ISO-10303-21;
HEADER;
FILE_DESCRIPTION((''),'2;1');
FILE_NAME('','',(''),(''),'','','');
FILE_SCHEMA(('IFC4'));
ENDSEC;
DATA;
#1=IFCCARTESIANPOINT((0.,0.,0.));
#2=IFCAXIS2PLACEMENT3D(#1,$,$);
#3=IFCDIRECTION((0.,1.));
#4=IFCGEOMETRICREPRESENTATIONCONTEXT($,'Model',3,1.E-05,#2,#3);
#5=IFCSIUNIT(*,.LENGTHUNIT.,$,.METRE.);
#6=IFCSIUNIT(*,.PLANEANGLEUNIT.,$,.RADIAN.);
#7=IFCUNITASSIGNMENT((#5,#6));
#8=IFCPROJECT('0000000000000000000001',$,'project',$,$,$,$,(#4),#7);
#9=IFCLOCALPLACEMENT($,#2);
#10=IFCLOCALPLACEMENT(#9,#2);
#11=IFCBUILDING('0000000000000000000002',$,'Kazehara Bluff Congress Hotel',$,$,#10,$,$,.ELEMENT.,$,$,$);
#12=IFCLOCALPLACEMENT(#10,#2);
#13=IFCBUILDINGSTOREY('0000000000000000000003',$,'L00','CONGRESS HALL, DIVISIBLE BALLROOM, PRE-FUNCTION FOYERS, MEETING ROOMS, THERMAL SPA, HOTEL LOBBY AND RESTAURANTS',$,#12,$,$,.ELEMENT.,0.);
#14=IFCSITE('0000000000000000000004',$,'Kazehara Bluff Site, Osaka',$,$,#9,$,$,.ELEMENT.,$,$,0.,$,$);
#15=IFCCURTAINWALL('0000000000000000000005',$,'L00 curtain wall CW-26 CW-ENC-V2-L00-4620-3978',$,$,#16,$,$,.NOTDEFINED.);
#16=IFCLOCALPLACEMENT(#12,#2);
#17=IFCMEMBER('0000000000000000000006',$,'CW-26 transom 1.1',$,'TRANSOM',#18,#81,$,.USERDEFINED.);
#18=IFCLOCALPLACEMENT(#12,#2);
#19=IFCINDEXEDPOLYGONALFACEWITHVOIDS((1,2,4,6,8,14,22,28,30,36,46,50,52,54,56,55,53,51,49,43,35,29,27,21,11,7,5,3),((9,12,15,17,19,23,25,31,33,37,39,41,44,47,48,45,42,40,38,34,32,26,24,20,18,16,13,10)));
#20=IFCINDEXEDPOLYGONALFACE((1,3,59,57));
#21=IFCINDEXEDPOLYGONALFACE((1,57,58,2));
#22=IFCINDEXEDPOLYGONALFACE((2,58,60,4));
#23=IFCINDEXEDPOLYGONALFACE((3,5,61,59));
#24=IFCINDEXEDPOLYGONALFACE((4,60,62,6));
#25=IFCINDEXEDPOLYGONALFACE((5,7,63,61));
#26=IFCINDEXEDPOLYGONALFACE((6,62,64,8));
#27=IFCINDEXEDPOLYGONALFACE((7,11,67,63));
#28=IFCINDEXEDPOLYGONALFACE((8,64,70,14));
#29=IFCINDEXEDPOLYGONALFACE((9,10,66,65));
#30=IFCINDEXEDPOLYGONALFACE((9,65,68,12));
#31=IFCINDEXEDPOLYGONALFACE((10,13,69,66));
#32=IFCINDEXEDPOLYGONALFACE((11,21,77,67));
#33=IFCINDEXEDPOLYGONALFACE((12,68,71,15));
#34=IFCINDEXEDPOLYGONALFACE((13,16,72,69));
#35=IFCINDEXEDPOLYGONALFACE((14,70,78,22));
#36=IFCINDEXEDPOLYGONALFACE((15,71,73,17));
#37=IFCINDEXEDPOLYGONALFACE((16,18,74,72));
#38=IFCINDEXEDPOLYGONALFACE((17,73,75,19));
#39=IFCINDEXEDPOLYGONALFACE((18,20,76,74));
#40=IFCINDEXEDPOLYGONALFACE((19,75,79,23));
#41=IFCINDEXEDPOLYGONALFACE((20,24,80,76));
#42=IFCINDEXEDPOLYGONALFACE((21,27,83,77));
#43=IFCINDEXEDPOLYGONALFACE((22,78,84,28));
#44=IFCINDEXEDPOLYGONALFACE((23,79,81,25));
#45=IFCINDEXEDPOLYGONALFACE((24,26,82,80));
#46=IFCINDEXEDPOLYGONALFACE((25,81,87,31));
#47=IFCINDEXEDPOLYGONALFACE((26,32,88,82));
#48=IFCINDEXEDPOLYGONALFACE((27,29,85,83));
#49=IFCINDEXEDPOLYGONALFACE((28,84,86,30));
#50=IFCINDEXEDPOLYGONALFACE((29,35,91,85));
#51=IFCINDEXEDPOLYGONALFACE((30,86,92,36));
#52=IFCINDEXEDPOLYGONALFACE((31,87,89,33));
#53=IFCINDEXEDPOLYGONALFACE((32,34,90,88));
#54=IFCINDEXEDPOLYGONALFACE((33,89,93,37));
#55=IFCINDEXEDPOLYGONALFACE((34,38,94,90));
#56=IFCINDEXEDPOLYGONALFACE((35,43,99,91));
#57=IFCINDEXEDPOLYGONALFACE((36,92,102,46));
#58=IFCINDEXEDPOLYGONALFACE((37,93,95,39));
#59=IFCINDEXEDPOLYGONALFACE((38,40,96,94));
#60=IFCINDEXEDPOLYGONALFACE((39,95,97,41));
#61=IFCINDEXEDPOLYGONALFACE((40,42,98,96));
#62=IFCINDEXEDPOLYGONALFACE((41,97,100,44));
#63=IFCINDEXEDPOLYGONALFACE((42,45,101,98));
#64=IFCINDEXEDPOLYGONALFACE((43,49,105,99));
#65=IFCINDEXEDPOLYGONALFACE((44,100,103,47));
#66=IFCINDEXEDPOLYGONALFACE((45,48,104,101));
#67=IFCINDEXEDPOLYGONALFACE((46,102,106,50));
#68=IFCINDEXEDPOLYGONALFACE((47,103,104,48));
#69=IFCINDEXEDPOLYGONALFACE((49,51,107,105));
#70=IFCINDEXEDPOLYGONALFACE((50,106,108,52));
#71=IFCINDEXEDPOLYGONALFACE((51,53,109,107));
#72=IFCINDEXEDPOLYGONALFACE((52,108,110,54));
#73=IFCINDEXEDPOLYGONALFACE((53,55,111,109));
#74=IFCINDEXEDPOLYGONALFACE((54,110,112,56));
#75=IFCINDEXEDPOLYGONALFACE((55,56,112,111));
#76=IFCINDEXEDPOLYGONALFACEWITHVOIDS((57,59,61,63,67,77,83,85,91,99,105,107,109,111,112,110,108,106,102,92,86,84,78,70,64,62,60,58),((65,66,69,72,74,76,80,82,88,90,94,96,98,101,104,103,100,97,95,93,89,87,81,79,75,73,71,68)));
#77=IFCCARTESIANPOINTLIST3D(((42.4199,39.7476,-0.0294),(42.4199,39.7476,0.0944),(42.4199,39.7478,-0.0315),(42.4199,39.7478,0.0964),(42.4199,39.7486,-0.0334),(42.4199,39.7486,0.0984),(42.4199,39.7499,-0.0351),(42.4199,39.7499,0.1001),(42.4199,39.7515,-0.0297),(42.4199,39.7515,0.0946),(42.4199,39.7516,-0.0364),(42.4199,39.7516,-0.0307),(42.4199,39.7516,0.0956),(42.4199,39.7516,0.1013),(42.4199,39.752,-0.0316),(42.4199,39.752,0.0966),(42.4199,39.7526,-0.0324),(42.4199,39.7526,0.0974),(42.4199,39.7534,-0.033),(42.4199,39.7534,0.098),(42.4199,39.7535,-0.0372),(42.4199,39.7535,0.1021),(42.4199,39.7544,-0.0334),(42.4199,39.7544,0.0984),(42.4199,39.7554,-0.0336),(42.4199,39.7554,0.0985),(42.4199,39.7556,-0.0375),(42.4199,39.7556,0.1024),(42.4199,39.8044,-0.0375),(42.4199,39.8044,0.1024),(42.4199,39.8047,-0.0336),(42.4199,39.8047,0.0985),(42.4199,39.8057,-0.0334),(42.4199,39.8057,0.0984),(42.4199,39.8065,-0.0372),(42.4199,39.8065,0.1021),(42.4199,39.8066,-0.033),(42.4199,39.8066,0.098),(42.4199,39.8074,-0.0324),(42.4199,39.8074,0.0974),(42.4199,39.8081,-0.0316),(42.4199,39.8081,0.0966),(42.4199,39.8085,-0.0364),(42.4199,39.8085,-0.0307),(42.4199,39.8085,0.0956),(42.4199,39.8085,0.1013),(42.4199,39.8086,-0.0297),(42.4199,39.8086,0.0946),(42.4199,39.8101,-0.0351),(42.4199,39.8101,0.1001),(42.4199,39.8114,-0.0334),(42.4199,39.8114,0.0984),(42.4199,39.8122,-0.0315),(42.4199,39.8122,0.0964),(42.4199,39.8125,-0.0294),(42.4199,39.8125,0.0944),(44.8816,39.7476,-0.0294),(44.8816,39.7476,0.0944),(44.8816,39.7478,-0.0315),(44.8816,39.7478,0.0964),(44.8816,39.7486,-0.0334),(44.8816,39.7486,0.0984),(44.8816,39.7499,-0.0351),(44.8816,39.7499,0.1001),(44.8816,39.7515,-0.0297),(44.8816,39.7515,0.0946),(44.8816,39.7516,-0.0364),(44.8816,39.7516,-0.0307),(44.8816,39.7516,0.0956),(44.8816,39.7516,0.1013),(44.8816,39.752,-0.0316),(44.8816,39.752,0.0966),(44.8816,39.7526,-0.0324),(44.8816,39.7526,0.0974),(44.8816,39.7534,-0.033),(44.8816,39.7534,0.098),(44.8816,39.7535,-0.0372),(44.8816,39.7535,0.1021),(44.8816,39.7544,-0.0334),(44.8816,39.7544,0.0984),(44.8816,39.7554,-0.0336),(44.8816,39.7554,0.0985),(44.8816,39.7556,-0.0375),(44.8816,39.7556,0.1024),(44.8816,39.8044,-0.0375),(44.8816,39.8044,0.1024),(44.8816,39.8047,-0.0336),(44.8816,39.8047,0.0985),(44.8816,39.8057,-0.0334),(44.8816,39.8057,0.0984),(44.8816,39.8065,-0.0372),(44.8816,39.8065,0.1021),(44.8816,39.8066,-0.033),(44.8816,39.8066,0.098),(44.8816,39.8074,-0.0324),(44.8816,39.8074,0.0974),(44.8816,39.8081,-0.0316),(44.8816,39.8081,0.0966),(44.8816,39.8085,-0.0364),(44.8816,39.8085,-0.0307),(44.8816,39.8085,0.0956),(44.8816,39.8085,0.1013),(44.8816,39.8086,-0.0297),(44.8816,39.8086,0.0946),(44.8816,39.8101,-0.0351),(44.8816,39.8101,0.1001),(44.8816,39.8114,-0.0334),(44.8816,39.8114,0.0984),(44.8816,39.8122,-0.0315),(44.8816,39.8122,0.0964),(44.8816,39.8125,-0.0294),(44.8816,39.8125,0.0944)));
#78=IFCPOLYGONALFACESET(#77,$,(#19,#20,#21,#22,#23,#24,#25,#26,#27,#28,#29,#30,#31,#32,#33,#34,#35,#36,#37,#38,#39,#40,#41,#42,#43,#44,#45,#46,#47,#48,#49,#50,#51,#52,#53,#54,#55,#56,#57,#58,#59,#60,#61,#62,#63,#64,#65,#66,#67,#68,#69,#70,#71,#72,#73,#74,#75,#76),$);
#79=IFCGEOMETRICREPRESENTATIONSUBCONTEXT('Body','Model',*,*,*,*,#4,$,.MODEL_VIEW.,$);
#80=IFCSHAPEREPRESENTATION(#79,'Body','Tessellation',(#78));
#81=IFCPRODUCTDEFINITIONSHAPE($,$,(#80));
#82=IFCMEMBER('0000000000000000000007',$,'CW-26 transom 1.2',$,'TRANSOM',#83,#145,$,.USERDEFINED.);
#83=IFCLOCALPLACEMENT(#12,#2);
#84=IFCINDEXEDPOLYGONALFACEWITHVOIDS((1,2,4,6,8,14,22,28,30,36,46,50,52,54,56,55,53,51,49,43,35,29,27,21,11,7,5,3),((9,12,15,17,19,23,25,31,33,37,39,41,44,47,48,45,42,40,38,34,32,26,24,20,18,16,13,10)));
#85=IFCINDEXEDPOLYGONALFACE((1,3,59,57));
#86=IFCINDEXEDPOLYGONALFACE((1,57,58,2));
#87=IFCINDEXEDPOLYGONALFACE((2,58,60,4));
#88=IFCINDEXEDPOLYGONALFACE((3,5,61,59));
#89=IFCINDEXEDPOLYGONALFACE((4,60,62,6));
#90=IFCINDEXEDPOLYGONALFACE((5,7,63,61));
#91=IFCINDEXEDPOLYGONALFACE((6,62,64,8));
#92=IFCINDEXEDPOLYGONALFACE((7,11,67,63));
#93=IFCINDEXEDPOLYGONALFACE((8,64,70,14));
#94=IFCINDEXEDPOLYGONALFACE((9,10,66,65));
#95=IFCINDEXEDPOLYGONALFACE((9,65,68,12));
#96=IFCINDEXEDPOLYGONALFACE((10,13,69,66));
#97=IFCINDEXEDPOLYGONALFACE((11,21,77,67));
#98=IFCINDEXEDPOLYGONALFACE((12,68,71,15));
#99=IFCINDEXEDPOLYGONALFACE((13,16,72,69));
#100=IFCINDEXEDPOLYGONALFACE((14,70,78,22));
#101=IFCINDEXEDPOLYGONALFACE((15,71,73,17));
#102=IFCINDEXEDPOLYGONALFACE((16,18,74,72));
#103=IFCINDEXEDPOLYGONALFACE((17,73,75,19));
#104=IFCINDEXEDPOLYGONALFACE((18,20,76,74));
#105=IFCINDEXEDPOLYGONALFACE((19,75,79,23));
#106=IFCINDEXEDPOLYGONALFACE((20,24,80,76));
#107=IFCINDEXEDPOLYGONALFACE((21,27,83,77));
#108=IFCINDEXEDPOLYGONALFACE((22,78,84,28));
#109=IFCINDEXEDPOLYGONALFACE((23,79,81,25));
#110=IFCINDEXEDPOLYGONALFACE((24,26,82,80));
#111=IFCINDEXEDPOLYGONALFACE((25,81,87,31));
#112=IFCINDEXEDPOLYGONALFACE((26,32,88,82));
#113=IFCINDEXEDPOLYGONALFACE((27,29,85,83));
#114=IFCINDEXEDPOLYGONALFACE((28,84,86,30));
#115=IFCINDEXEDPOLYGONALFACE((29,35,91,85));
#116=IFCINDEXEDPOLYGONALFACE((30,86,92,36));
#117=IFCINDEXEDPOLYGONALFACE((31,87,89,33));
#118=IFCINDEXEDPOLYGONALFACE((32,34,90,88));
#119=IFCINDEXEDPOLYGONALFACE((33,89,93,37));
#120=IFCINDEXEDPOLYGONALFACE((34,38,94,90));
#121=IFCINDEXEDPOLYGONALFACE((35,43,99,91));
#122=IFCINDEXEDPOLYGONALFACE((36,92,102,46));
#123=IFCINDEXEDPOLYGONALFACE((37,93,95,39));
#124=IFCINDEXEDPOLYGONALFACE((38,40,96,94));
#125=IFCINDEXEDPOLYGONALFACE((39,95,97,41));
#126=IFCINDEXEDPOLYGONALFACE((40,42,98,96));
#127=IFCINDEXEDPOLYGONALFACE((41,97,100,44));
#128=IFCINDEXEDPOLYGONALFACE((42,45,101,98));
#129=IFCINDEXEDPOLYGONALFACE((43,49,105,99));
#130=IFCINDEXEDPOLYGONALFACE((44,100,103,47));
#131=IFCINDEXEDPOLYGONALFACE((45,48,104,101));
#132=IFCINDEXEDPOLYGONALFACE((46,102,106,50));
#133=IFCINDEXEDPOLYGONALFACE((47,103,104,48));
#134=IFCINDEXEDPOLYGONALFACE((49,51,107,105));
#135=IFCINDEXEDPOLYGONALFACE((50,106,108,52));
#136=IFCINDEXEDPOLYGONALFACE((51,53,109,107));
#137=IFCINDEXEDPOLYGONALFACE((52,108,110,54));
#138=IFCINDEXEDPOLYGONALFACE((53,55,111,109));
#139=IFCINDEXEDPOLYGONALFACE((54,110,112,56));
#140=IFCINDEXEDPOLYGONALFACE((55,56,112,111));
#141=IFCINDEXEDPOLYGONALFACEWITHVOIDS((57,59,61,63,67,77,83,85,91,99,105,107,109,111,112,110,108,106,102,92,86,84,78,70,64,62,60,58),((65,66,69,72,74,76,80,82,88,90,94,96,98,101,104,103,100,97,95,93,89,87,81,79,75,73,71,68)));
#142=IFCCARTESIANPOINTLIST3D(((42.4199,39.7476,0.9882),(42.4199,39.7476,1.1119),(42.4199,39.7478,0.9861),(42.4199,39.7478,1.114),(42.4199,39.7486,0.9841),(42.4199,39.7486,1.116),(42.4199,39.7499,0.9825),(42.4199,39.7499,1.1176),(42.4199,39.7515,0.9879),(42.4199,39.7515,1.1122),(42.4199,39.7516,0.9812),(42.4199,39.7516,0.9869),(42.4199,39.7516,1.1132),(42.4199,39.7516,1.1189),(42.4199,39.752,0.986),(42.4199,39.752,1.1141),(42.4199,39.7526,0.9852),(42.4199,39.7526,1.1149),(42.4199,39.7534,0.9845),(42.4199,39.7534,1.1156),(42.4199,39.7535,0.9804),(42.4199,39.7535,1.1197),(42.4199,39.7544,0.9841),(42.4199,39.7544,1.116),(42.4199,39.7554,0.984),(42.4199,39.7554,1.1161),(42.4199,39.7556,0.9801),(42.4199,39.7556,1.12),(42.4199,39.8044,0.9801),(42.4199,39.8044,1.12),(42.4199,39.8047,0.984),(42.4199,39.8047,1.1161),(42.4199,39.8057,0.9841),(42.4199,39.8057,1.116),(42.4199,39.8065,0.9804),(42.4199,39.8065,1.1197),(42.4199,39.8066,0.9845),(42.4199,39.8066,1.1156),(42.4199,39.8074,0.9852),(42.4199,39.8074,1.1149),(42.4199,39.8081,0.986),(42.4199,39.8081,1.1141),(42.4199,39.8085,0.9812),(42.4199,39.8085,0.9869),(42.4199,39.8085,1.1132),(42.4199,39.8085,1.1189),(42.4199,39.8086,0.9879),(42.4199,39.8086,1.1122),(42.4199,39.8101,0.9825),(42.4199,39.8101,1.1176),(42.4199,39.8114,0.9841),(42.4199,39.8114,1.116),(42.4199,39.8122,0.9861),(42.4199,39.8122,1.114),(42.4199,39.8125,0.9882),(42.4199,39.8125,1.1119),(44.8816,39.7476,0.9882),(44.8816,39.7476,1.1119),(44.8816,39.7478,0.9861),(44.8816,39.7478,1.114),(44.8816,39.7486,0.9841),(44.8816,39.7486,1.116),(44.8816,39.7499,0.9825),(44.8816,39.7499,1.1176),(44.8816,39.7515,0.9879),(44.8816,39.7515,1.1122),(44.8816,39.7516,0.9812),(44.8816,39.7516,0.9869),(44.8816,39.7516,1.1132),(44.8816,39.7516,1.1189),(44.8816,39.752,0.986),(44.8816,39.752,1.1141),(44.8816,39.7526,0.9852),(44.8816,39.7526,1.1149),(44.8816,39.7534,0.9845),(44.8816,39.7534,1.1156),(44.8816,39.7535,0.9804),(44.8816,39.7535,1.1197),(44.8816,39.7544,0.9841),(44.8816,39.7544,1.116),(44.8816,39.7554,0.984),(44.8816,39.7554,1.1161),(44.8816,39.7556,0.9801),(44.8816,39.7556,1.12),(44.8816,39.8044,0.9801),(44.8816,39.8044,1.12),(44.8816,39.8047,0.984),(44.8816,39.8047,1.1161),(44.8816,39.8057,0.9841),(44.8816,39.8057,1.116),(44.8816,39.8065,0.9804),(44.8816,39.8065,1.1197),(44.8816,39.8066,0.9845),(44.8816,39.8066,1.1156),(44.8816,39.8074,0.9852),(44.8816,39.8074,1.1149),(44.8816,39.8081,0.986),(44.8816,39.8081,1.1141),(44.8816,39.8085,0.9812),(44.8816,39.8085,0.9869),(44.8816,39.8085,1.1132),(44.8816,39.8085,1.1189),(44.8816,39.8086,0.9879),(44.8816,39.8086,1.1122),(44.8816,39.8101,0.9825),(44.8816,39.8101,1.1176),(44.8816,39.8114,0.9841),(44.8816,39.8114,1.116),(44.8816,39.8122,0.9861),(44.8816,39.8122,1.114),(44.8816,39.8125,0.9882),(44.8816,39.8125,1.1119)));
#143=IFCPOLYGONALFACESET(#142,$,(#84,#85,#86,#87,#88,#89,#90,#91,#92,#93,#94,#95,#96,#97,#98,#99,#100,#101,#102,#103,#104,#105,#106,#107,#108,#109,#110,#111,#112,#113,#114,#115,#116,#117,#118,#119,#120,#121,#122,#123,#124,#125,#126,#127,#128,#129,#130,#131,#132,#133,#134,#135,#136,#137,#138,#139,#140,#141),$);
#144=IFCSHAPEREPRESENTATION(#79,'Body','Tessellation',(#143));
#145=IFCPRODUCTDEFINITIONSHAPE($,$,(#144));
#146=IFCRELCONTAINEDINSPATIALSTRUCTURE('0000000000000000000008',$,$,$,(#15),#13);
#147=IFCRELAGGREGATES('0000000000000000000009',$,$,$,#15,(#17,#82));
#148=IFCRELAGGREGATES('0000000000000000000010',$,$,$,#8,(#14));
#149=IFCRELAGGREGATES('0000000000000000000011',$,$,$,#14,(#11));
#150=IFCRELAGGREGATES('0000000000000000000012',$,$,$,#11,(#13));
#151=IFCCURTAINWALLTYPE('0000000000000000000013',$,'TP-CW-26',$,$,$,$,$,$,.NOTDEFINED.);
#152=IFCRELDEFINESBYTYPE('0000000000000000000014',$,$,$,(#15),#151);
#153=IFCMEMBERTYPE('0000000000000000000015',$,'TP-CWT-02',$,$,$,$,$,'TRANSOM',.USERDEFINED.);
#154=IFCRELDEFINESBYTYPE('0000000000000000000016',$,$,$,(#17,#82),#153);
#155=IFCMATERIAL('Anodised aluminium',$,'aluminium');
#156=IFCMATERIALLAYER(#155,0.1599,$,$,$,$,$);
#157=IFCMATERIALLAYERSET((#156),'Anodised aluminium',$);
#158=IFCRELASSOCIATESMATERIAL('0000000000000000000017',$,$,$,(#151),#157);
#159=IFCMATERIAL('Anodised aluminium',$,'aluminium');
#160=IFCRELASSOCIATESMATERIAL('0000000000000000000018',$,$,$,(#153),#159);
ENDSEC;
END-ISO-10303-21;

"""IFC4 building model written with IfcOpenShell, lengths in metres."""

from ifc_helpers import new_model, si_unit, direction, frame, origin, origin_2d, place, context, subcontext, project, spatial, hollow_rectangle, extrude, material, layer, layer_set, material_profile, profile_set, type_object, element, aggregate, save


model = new_model("IFC4")

# Units and contexts
model_context = context("Model", 3, precision=1e-05, world=origin(), true_north=direction((0.0, 1.0)))
body_context = subcontext(model_context, "Body", "Model", "MODEL_VIEW")
ifc_project = project(units=[si_unit("LENGTHUNIT", "METRE"), si_unit("PLANEANGLEUNIT", "RADIAN")], contexts=[model_context])

# Site, building, storey
site_placement = place(None, origin())
site = spatial("IfcSite", under=ifc_project, at=site_placement, Name="Kazehara Bluff Site, Osaka", CompositionType="ELEMENT", RefElevation=0.0)
building_placement = place(site_placement, origin())
building = spatial("IfcBuilding", under=site, at=building_placement, Name="Kazehara Bluff Congress Hotel", CompositionType="ELEMENT")
storey_placement = place(building_placement, origin())
storey = spatial("IfcBuildingStorey", under=building, at=storey_placement, Name="L00", Description="CONGRESS HALL, DIVISIBLE BALLROOM, PRE-FUNCTION FOYERS, MEETING ROOMS, THERMAL SPA, HOTEL LOBBY AND RESTAURANTS", CompositionType="ELEMENT", Elevation=0.0)

# Curtain wall
ifc_material_1 = material(Name="Anodised aluminium", Category="aluminium")
ifc_layer_1 = layer(ifc_material_1, 0.1599)
ifc_layer_set_1 = layer_set([ifc_layer_1], Name="Anodised aluminium")
curtain_wall_type_1 = type_object("IfcCurtainWallType", Name="TP-CW-26", PredefinedType="NOTDEFINED", material=ifc_layer_set_1)
curtain_wall_1_placement = place(storey_placement, origin())
curtain_wall_1 = element("IfcCurtainWall", 1, at=curtain_wall_1_placement, inside=storey, type_object=curtain_wall_type_1, Name="L00 curtain wall CW-26 CW-ENC-V2-L00-4620-3978", PredefinedType="NOTDEFINED")

# Members
ifc_material_2 = material(Name="Anodised aluminium", Category="aluminium")
ifc_material_profile_1 = material_profile(ifc_material_2, hollow_rectangle(XDim=0.0649, YDim=0.1399, WallThickness=0.0039, InnerFilletRadius=0.0039, OuterFilletRadius=0.0081, at=origin_2d()))
ifc_profile_set_1 = profile_set([ifc_material_profile_1], Name="Anodised aluminium")
member_type_1 = type_object("IfcMemberType", Name="TP-CWT-02", ElementType="TRANSOM", PredefinedType="USERDEFINED", material=ifc_profile_set_1)
member_1_placement = place(storey_placement, frame((42.4199, 39.78, 0.0325), z_axis=(1.0, 0.0, 0.0), x_axis=(0.0, 1.0, 0.0)))
member_1 = element("IfcMember", 2, at=member_1_placement, type_object=member_type_1, Name="CW-26 transom 1.1", ObjectType="TRANSOM", PredefinedType="USERDEFINED", context=body_context, shape_type="SweptSolid", body=[
    extrude(hollow_rectangle(XDim=0.0649, YDim=0.1399, WallThickness=0.0039, InnerFilletRadius=0.0039, OuterFilletRadius=0.0081, at=origin_2d()), origin(), (0.0, 0.0, 1.0), 2.4617),
])
member_2_placement = place(storey_placement, frame((42.4199, 39.78, 1.05), z_axis=(1.0, 0.0, 0.0), x_axis=(0.0, 1.0, 0.0)))
member_2 = element("IfcMember", 3, at=member_2_placement, type_object=member_type_1, Name="CW-26 transom 1.2", ObjectType="TRANSOM", PredefinedType="USERDEFINED", context=body_context, shape_type="SweptSolid", body=[
    extrude(hollow_rectangle(XDim=0.0649, YDim=0.1399, WallThickness=0.0039, InnerFilletRadius=0.0039, OuterFilletRadius=0.0081, at=origin_2d()), origin(), (0.0, 0.0, 1.0), 2.4617),
])

aggregate(curtain_wall_1, [member_1, member_2])

save(model, "model.ifc")
